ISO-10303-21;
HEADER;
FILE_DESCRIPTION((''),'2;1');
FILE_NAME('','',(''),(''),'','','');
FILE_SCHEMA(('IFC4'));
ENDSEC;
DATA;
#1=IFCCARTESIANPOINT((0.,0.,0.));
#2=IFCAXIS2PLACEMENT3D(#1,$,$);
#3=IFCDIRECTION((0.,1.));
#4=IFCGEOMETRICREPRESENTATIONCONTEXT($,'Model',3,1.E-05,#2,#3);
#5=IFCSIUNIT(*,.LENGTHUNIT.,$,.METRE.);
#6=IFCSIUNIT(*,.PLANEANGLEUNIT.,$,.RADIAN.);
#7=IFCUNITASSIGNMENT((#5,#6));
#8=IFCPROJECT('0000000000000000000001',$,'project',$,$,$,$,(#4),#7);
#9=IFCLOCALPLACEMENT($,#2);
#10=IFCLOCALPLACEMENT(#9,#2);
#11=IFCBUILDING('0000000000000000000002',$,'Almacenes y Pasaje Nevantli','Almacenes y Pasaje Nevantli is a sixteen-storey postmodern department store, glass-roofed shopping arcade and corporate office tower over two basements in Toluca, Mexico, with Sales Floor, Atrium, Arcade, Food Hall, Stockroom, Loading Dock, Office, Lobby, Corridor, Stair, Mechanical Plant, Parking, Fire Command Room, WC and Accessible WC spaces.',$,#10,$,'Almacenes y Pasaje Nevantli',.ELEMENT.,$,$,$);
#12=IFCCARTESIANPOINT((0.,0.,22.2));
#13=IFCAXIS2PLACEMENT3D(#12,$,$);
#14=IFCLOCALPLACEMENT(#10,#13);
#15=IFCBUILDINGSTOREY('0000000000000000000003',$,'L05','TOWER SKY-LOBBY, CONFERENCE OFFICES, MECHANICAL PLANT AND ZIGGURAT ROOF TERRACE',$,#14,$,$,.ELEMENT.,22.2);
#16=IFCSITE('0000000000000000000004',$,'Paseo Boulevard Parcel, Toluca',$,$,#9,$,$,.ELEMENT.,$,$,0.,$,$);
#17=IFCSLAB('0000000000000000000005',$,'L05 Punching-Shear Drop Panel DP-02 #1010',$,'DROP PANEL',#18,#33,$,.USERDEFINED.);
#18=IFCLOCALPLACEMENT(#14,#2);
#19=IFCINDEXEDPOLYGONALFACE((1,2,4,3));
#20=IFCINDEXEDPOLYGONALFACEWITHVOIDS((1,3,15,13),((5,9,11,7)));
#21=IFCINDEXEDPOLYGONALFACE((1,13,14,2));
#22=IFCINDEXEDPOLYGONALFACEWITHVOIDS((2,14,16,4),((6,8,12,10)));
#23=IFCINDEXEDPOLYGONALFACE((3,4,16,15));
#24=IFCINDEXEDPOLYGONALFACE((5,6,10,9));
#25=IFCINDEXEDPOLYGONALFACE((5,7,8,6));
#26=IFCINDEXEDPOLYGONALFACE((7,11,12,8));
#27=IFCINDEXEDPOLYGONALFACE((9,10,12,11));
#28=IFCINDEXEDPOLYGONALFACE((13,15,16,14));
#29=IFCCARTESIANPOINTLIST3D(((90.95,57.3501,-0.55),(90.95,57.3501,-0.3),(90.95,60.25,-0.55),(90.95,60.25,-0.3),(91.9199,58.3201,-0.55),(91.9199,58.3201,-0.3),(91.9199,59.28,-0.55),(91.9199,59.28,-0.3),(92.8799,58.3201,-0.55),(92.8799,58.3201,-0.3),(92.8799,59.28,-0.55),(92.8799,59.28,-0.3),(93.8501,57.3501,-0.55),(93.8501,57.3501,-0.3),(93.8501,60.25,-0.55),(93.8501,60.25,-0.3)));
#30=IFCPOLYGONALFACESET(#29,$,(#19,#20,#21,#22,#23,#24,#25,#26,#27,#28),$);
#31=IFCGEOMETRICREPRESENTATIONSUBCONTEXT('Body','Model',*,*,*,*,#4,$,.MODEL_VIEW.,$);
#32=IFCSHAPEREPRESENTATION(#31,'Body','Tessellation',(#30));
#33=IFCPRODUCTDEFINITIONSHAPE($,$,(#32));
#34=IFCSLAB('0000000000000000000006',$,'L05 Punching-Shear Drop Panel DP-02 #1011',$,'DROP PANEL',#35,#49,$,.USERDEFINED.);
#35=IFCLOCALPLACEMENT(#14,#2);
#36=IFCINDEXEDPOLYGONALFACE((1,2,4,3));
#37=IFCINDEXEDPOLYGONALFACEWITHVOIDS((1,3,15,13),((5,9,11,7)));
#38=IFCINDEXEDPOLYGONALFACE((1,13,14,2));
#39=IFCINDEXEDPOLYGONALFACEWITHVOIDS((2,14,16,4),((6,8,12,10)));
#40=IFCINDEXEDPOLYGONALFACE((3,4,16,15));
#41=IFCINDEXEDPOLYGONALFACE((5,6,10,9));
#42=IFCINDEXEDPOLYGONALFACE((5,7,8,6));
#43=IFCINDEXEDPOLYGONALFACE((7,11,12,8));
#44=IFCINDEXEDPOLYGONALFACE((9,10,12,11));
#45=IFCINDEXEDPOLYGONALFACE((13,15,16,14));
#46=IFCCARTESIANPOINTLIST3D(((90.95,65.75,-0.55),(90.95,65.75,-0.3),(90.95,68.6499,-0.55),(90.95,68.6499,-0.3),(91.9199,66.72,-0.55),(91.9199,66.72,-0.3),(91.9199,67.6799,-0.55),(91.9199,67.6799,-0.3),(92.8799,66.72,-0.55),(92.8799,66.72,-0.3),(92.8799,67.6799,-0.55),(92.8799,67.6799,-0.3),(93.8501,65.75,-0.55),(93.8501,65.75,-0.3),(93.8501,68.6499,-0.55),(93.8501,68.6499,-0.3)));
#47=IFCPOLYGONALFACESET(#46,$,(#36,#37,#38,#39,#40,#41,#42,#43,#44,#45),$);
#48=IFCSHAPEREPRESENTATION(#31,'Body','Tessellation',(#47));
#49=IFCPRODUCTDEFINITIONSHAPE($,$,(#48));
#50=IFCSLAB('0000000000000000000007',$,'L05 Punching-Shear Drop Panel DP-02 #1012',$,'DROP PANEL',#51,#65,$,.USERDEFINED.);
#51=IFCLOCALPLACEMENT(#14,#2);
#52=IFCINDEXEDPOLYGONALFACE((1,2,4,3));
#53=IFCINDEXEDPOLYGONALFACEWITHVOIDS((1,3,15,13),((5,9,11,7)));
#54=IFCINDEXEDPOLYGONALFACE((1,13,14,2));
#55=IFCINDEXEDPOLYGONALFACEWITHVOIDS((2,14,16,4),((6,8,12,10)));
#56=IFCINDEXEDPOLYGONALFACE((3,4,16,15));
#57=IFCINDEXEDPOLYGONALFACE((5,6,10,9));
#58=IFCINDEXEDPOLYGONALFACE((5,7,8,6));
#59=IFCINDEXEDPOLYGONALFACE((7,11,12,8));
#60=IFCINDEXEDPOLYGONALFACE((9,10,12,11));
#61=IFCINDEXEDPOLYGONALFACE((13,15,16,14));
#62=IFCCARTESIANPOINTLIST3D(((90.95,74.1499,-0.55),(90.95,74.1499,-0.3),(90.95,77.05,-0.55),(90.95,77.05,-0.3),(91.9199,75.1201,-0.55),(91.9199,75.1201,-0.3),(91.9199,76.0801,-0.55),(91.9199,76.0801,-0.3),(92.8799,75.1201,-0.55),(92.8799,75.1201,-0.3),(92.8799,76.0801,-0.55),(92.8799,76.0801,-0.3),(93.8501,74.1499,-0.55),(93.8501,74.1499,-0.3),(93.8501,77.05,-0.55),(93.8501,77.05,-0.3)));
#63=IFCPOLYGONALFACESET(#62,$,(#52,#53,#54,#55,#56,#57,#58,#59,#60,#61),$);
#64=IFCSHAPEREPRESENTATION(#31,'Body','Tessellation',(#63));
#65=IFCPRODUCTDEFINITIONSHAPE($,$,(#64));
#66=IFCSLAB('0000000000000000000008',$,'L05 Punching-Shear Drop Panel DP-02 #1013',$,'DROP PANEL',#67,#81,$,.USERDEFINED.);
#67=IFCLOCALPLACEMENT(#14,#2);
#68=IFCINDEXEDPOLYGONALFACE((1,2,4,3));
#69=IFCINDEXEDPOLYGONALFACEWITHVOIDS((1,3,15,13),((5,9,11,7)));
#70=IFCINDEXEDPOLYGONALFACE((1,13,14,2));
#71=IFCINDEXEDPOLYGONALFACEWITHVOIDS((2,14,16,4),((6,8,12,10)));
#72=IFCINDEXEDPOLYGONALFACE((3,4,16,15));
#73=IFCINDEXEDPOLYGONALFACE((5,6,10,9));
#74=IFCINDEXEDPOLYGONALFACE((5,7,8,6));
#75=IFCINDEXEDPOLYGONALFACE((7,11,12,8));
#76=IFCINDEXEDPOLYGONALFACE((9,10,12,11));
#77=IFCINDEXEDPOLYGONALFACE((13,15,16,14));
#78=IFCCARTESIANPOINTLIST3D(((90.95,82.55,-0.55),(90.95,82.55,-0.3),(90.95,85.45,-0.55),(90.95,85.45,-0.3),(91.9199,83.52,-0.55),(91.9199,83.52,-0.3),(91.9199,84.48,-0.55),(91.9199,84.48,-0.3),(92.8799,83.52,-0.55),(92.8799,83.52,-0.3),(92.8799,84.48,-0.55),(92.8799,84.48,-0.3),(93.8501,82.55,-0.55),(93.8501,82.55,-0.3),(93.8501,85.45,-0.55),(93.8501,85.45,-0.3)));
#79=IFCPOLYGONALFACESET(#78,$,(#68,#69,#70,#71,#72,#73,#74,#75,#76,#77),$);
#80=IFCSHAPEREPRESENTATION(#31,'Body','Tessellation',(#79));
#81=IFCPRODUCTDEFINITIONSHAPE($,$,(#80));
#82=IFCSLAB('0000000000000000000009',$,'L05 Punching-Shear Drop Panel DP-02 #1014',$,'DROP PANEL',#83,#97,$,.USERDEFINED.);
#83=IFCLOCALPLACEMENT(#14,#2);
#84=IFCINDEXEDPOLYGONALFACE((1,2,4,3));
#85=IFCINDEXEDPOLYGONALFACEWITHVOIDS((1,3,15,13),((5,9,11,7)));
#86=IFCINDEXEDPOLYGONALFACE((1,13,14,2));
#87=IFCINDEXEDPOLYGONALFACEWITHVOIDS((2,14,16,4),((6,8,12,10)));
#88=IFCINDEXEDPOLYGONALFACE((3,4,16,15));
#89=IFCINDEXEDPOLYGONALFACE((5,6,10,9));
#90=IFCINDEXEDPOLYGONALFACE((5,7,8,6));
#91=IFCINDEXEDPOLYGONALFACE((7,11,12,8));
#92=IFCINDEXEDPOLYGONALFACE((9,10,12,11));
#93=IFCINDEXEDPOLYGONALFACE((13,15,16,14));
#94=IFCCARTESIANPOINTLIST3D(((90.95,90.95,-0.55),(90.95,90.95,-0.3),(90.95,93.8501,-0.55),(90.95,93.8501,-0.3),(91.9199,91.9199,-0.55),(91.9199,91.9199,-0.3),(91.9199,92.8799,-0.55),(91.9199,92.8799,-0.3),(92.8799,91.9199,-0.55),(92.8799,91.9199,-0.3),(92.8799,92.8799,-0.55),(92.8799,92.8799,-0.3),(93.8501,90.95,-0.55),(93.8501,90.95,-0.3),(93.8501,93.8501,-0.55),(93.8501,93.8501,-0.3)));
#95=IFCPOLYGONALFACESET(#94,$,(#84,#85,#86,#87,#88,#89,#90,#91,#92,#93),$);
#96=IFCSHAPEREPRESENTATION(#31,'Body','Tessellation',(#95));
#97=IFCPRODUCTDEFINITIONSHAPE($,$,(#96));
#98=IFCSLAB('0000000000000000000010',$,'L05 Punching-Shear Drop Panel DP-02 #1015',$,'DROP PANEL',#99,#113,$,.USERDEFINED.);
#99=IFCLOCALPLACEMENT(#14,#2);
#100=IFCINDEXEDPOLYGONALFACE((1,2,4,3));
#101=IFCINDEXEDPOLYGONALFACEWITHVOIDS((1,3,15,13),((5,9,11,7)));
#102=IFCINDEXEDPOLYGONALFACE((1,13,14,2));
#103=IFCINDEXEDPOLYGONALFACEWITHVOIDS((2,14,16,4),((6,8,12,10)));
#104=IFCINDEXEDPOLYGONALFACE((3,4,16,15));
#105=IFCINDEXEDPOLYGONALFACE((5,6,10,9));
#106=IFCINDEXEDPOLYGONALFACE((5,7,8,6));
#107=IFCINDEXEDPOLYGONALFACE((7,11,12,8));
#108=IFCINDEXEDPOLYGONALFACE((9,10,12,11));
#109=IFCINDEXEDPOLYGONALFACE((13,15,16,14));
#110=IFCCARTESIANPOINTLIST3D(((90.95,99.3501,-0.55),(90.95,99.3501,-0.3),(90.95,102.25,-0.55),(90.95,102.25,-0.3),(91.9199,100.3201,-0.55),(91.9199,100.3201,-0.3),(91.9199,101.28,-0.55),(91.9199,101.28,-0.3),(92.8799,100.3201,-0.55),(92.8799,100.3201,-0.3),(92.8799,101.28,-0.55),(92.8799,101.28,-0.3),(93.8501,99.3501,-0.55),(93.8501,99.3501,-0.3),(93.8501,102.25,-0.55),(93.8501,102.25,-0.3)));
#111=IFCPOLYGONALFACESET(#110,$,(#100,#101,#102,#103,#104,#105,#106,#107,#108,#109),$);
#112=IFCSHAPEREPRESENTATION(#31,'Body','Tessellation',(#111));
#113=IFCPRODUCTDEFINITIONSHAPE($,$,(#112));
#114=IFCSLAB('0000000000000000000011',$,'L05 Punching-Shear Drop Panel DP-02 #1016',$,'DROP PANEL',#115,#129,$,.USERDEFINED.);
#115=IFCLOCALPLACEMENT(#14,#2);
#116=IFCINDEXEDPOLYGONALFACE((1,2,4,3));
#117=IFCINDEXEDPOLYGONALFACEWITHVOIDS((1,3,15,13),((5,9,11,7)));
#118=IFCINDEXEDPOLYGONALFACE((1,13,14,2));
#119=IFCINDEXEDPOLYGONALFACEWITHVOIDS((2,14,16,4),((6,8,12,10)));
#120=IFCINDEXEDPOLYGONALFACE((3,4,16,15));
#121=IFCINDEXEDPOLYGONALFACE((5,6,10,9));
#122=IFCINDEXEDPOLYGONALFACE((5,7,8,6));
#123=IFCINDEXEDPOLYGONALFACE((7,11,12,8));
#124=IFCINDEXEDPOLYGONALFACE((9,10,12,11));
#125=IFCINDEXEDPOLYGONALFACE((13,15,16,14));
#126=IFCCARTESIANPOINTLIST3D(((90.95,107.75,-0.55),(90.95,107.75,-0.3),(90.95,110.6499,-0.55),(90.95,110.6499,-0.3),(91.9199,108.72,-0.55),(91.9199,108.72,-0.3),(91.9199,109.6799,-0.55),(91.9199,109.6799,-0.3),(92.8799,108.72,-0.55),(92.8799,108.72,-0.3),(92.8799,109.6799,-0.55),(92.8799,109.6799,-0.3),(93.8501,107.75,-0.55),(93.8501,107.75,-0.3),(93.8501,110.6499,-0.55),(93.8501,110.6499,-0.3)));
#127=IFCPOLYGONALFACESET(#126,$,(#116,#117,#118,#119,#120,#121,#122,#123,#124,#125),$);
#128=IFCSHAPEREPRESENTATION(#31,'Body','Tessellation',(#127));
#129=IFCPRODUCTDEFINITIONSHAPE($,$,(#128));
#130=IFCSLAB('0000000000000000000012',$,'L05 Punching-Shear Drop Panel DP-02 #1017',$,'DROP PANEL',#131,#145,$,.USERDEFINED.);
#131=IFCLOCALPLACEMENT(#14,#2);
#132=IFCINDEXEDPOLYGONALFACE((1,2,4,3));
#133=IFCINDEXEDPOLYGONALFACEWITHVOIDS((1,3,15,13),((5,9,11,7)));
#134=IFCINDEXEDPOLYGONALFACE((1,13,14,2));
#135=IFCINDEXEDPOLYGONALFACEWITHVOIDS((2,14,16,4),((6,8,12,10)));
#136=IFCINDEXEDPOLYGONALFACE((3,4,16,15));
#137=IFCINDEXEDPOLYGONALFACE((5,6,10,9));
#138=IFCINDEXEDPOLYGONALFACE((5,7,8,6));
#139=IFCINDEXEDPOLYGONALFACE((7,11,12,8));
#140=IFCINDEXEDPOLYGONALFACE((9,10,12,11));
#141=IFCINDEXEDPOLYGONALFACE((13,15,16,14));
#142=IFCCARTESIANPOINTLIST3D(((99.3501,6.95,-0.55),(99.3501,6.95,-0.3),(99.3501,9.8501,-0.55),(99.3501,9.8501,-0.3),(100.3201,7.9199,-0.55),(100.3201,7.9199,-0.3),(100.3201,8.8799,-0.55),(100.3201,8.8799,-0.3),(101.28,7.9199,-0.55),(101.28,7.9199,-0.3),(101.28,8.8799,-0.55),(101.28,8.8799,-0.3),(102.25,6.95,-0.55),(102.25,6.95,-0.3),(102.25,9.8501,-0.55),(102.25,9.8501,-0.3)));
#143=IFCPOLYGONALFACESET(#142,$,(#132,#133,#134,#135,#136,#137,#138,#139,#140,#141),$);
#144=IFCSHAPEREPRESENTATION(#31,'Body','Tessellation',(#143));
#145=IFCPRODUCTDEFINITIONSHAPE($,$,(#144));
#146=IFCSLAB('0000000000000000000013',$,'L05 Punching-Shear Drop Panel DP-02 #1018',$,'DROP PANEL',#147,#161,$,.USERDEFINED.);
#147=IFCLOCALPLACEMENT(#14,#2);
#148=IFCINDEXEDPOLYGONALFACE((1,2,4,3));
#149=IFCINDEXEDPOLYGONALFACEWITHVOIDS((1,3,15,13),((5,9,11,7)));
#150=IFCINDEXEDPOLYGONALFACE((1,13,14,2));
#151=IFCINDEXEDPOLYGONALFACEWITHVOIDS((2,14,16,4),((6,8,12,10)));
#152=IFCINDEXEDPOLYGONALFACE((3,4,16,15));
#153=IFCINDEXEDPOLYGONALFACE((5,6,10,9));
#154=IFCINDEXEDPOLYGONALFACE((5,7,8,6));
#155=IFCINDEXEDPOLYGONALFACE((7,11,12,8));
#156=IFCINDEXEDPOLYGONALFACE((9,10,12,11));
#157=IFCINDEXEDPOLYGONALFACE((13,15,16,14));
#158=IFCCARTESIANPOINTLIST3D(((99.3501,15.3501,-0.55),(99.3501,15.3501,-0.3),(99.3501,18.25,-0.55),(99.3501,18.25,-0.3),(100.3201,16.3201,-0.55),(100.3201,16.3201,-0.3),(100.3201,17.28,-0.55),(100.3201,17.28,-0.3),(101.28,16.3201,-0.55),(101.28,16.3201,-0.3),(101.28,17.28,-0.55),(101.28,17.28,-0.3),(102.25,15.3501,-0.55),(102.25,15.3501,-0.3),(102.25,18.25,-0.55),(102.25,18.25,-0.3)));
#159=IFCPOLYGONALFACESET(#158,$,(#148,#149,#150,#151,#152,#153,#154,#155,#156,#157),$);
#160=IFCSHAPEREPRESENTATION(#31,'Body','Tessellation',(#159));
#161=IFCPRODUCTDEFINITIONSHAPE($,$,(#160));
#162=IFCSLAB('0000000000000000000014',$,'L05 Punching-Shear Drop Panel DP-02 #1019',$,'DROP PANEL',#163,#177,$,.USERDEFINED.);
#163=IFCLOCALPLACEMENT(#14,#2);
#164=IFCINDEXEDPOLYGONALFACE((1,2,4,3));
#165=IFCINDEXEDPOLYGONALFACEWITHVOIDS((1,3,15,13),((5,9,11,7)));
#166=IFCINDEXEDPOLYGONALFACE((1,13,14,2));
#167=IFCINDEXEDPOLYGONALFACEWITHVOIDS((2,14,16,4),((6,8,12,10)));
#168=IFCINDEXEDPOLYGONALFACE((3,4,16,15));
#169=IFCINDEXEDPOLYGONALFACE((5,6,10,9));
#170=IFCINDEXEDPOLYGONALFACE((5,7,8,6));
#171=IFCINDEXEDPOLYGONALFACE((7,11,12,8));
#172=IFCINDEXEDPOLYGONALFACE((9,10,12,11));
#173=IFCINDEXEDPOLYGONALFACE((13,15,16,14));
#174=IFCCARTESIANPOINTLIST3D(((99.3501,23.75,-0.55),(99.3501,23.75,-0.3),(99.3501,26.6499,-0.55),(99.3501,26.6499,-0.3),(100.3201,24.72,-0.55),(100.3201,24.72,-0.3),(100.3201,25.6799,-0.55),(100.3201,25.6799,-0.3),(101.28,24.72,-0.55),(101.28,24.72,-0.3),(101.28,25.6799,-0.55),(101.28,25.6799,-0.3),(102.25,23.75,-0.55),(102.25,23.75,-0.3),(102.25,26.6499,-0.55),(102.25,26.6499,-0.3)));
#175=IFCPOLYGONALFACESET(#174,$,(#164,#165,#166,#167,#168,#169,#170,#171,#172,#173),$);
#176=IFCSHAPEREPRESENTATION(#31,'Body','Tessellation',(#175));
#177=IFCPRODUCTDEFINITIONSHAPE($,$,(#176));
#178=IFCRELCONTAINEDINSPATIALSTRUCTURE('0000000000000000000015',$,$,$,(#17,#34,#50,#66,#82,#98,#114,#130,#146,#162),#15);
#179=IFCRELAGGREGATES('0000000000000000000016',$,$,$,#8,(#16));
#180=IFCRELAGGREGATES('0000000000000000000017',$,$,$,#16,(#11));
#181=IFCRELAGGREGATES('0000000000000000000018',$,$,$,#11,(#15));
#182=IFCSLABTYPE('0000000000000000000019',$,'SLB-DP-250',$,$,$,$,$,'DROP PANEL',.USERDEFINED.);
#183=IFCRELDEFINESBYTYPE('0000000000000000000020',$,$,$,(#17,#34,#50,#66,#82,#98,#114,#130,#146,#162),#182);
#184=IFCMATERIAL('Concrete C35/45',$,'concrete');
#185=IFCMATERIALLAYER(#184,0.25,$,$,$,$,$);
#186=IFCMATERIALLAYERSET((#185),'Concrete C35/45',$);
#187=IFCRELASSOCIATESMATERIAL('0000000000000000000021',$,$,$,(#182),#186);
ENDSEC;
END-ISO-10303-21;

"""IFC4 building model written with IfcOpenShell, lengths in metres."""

from ifc_helpers import new_model, si_unit, direction, frame, origin, place, context, subcontext, project, spatial, polyline, outline, extrude, material, layer, layer_set, type_object, element, save


model = new_model("IFC4")

# Units and contexts
model_context = context("Model", 3, precision=1e-05, world=origin(), true_north=direction((0.0, 1.0)))
body_context = subcontext(model_context, "Body", "Model", "MODEL_VIEW")
ifc_project = project(units=[si_unit("LENGTHUNIT", "METRE"), si_unit("PLANEANGLEUNIT", "RADIAN")], contexts=[model_context])

# Site, building, storey
site_placement = place(None, origin())
site = spatial("IfcSite", under=ifc_project, at=site_placement, Name="Paseo Boulevard Parcel, Toluca", CompositionType="ELEMENT", RefElevation=0.0)
building_placement = place(site_placement, origin())
building = spatial("IfcBuilding", under=site, at=building_placement, Name="Almacenes y Pasaje Nevantli", Description="Almacenes y Pasaje Nevantli is a sixteen-storey postmodern department store, glass-roofed shopping arcade and corporate office tower over two basements in Toluca, Mexico, with Sales Floor, Atrium, Arcade, Food Hall, Stockroom, Loading Dock, Office, Lobby, Corridor, Stair, Mechanical Plant, Parking, Fire Command Room, WC and Accessible WC spaces.", LongName="Almacenes y Pasaje Nevantli", CompositionType="ELEMENT")
storey_placement = place(building_placement, frame((0.0, 0.0, 22.2)))
storey = spatial("IfcBuildingStorey", under=building, at=storey_placement, Name="L05", Description="TOWER SKY-LOBBY, CONFERENCE OFFICES, MECHANICAL PLANT AND ZIGGURAT ROOF TERRACE", CompositionType="ELEMENT", Elevation=22.2)

# Slabs
ifc_material = material(Name="Concrete C35/45", Category="concrete")
ifc_layer = layer(ifc_material, 0.25)
ifc_layer_set = layer_set([ifc_layer], Name="Concrete C35/45")
slab_type = type_object("IfcSlabType", Name="SLB-DP-250", ElementType="DROP PANEL", PredefinedType="USERDEFINED", material=ifc_layer_set)
slab_1_placement = place(storey_placement, frame((0.0, 0.0, -0.55)))
element("IfcSlab", 1, at=slab_1_placement, inside=storey, type_object=slab_type, Name="L05 Punching-Shear Drop Panel DP-02 #1010", ObjectType="DROP PANEL", PredefinedType="USERDEFINED", context=body_context, shape_type="SweptSolid", body=[
    extrude(outline(polyline([(90.95, 57.3501), (93.8501, 57.3501), (93.8501, 60.25), (90.95, 60.25), (90.95, 57.3501)]), holes=[polyline([(91.9199, 58.3201), (92.8799, 58.3201), (92.8799, 59.28), (91.9199, 59.28), (91.9199, 58.3201)])]), origin(), (0.0, 0.0, 1.0), 0.25),
])
slab_2_placement = place(storey_placement, frame((0.0, 0.0, -0.55)))
element("IfcSlab", 2, at=slab_2_placement, inside=storey, type_object=slab_type, Name="L05 Punching-Shear Drop Panel DP-02 #1011", ObjectType="DROP PANEL", PredefinedType="USERDEFINED", context=body_context, shape_type="SweptSolid", body=[
    extrude(outline(polyline([(90.95, 65.75), (93.8501, 65.75), (93.8501, 68.6499), (90.95, 68.6499), (90.95, 65.75)]), holes=[polyline([(91.9199, 66.72), (92.8799, 66.72), (92.8799, 67.6799), (91.9199, 67.6799), (91.9199, 66.72)])]), origin(), (0.0, 0.0, 1.0), 0.25),
])
slab_3_placement = place(storey_placement, frame((0.0, 0.0, -0.55)))
element("IfcSlab", 3, at=slab_3_placement, inside=storey, type_object=slab_type, Name="L05 Punching-Shear Drop Panel DP-02 #1012", ObjectType="DROP PANEL", PredefinedType="USERDEFINED", context=body_context, shape_type="SweptSolid", body=[
    extrude(outline(polyline([(90.95, 74.1499), (93.8501, 74.1499), (93.8501, 77.05), (90.95, 77.05), (90.95, 74.1499)]), holes=[polyline([(91.9199, 75.1201), (92.8799, 75.1201), (92.8799, 76.0801), (91.9199, 76.0801), (91.9199, 75.1201)])]), origin(), (0.0, 0.0, 1.0), 0.25),
])
slab_4_placement = place(storey_placement, frame((0.0, 0.0, -0.55)))
element("IfcSlab", 4, at=slab_4_placement, inside=storey, type_object=slab_type, Name="L05 Punching-Shear Drop Panel DP-02 #1013", ObjectType="DROP PANEL", PredefinedType="USERDEFINED", context=body_context, shape_type="SweptSolid", body=[
    extrude(outline(polyline([(90.95, 82.55), (93.8501, 82.55), (93.8501, 85.45), (90.95, 85.45), (90.95, 82.55)]), holes=[polyline([(91.9199, 83.52), (92.8799, 83.52), (92.8799, 84.48), (91.9199, 84.48), (91.9199, 83.52)])]), origin(), (0.0, 0.0, 1.0), 0.25),
])
slab_5_placement = place(storey_placement, frame((0.0, 0.0, -0.55)))
element("IfcSlab", 5, at=slab_5_placement, inside=storey, type_object=slab_type, Name="L05 Punching-Shear Drop Panel DP-02 #1014", ObjectType="DROP PANEL", PredefinedType="USERDEFINED", context=body_context, shape_type="SweptSolid", body=[
    extrude(outline(polyline([(90.95, 90.95), (93.8501, 90.95), (93.8501, 93.8501), (90.95, 93.8501), (90.95, 90.95)]), holes=[polyline([(91.9199, 91.9199), (92.8799, 91.9199), (92.8799, 92.8799), (91.9199, 92.8799), (91.9199, 91.9199)])]), origin(), (0.0, 0.0, 1.0), 0.25),
])
slab_6_placement = place(storey_placement, frame((0.0, 0.0, -0.55)))
element("IfcSlab", 6, at=slab_6_placement, inside=storey, type_object=slab_type, Name="L05 Punching-Shear Drop Panel DP-02 #1015", ObjectType="DROP PANEL", PredefinedType="USERDEFINED", context=body_context, shape_type="SweptSolid", body=[
    extrude(outline(polyline([(90.95, 99.3501), (93.8501, 99.3501), (93.8501, 102.25), (90.95, 102.25), (90.95, 99.3501)]), holes=[polyline([(91.9199, 100.3201), (92.8799, 100.3201), (92.8799, 101.28), (91.9199, 101.28), (91.9199, 100.3201)])]), origin(), (0.0, 0.0, 1.0), 0.25),
])
slab_7_placement = place(storey_placement, frame((0.0, 0.0, -0.55)))
element("IfcSlab", 7, at=slab_7_placement, inside=storey, type_object=slab_type, Name="L05 Punching-Shear Drop Panel DP-02 #1016", ObjectType="DROP PANEL", PredefinedType="USERDEFINED", context=body_context, shape_type="SweptSolid", body=[
    extrude(outline(polyline([(90.95, 107.75), (93.8501, 107.75), (93.8501, 110.6499), (90.95, 110.6499), (90.95, 107.75)]), holes=[polyline([(91.9199, 108.72), (92.8799, 108.72), (92.8799, 109.6799), (91.9199, 109.6799), (91.9199, 108.72)])]), origin(), (0.0, 0.0, 1.0), 0.25),
])
slab_8_placement = place(storey_placement, frame((0.0, 0.0, -0.55)))
element("IfcSlab", 8, at=slab_8_placement, inside=storey, type_object=slab_type, Name="L05 Punching-Shear Drop Panel DP-02 #1017", ObjectType="DROP PANEL", PredefinedType="USERDEFINED", context=body_context, shape_type="SweptSolid", body=[
    extrude(outline(polyline([(99.3501, 6.95), (102.25, 6.95), (102.25, 9.8501), (99.3501, 9.8501), (99.3501, 6.95)]), holes=[polyline([(100.3201, 7.9199), (101.28, 7.9199), (101.28, 8.8799), (100.3201, 8.8799), (100.3201, 7.9199)])]), origin(), (0.0, 0.0, 1.0), 0.25),
])
slab_9_placement = place(storey_placement, frame((0.0, 0.0, -0.55)))
element("IfcSlab", 9, at=slab_9_placement, inside=storey, type_object=slab_type, Name="L05 Punching-Shear Drop Panel DP-02 #1018", ObjectType="DROP PANEL", PredefinedType="USERDEFINED", context=body_context, shape_type="SweptSolid", body=[
    extrude(outline(polyline([(99.3501, 15.3501), (102.25, 15.3501), (102.25, 18.25), (99.3501, 18.25), (99.3501, 15.3501)]), holes=[polyline([(100.3201, 16.3201), (101.28, 16.3201), (101.28, 17.28), (100.3201, 17.28), (100.3201, 16.3201)])]), origin(), (0.0, 0.0, 1.0), 0.25),
])
slab_10_placement = place(storey_placement, frame((0.0, 0.0, -0.55)))
element("IfcSlab", 10, at=slab_10_placement, inside=storey, type_object=slab_type, Name="L05 Punching-Shear Drop Panel DP-02 #1019", ObjectType="DROP PANEL", PredefinedType="USERDEFINED", context=body_context, shape_type="SweptSolid", body=[
    extrude(outline(polyline([(99.3501, 23.75), (102.25, 23.75), (102.25, 26.6499), (99.3501, 26.6499), (99.3501, 23.75)]), holes=[polyline([(100.3201, 24.72), (101.28, 24.72), (101.28, 25.6799), (100.3201, 25.6799), (100.3201, 24.72)])]), origin(), (0.0, 0.0, 1.0), 0.25),
])

save(model, "model.ifc")
